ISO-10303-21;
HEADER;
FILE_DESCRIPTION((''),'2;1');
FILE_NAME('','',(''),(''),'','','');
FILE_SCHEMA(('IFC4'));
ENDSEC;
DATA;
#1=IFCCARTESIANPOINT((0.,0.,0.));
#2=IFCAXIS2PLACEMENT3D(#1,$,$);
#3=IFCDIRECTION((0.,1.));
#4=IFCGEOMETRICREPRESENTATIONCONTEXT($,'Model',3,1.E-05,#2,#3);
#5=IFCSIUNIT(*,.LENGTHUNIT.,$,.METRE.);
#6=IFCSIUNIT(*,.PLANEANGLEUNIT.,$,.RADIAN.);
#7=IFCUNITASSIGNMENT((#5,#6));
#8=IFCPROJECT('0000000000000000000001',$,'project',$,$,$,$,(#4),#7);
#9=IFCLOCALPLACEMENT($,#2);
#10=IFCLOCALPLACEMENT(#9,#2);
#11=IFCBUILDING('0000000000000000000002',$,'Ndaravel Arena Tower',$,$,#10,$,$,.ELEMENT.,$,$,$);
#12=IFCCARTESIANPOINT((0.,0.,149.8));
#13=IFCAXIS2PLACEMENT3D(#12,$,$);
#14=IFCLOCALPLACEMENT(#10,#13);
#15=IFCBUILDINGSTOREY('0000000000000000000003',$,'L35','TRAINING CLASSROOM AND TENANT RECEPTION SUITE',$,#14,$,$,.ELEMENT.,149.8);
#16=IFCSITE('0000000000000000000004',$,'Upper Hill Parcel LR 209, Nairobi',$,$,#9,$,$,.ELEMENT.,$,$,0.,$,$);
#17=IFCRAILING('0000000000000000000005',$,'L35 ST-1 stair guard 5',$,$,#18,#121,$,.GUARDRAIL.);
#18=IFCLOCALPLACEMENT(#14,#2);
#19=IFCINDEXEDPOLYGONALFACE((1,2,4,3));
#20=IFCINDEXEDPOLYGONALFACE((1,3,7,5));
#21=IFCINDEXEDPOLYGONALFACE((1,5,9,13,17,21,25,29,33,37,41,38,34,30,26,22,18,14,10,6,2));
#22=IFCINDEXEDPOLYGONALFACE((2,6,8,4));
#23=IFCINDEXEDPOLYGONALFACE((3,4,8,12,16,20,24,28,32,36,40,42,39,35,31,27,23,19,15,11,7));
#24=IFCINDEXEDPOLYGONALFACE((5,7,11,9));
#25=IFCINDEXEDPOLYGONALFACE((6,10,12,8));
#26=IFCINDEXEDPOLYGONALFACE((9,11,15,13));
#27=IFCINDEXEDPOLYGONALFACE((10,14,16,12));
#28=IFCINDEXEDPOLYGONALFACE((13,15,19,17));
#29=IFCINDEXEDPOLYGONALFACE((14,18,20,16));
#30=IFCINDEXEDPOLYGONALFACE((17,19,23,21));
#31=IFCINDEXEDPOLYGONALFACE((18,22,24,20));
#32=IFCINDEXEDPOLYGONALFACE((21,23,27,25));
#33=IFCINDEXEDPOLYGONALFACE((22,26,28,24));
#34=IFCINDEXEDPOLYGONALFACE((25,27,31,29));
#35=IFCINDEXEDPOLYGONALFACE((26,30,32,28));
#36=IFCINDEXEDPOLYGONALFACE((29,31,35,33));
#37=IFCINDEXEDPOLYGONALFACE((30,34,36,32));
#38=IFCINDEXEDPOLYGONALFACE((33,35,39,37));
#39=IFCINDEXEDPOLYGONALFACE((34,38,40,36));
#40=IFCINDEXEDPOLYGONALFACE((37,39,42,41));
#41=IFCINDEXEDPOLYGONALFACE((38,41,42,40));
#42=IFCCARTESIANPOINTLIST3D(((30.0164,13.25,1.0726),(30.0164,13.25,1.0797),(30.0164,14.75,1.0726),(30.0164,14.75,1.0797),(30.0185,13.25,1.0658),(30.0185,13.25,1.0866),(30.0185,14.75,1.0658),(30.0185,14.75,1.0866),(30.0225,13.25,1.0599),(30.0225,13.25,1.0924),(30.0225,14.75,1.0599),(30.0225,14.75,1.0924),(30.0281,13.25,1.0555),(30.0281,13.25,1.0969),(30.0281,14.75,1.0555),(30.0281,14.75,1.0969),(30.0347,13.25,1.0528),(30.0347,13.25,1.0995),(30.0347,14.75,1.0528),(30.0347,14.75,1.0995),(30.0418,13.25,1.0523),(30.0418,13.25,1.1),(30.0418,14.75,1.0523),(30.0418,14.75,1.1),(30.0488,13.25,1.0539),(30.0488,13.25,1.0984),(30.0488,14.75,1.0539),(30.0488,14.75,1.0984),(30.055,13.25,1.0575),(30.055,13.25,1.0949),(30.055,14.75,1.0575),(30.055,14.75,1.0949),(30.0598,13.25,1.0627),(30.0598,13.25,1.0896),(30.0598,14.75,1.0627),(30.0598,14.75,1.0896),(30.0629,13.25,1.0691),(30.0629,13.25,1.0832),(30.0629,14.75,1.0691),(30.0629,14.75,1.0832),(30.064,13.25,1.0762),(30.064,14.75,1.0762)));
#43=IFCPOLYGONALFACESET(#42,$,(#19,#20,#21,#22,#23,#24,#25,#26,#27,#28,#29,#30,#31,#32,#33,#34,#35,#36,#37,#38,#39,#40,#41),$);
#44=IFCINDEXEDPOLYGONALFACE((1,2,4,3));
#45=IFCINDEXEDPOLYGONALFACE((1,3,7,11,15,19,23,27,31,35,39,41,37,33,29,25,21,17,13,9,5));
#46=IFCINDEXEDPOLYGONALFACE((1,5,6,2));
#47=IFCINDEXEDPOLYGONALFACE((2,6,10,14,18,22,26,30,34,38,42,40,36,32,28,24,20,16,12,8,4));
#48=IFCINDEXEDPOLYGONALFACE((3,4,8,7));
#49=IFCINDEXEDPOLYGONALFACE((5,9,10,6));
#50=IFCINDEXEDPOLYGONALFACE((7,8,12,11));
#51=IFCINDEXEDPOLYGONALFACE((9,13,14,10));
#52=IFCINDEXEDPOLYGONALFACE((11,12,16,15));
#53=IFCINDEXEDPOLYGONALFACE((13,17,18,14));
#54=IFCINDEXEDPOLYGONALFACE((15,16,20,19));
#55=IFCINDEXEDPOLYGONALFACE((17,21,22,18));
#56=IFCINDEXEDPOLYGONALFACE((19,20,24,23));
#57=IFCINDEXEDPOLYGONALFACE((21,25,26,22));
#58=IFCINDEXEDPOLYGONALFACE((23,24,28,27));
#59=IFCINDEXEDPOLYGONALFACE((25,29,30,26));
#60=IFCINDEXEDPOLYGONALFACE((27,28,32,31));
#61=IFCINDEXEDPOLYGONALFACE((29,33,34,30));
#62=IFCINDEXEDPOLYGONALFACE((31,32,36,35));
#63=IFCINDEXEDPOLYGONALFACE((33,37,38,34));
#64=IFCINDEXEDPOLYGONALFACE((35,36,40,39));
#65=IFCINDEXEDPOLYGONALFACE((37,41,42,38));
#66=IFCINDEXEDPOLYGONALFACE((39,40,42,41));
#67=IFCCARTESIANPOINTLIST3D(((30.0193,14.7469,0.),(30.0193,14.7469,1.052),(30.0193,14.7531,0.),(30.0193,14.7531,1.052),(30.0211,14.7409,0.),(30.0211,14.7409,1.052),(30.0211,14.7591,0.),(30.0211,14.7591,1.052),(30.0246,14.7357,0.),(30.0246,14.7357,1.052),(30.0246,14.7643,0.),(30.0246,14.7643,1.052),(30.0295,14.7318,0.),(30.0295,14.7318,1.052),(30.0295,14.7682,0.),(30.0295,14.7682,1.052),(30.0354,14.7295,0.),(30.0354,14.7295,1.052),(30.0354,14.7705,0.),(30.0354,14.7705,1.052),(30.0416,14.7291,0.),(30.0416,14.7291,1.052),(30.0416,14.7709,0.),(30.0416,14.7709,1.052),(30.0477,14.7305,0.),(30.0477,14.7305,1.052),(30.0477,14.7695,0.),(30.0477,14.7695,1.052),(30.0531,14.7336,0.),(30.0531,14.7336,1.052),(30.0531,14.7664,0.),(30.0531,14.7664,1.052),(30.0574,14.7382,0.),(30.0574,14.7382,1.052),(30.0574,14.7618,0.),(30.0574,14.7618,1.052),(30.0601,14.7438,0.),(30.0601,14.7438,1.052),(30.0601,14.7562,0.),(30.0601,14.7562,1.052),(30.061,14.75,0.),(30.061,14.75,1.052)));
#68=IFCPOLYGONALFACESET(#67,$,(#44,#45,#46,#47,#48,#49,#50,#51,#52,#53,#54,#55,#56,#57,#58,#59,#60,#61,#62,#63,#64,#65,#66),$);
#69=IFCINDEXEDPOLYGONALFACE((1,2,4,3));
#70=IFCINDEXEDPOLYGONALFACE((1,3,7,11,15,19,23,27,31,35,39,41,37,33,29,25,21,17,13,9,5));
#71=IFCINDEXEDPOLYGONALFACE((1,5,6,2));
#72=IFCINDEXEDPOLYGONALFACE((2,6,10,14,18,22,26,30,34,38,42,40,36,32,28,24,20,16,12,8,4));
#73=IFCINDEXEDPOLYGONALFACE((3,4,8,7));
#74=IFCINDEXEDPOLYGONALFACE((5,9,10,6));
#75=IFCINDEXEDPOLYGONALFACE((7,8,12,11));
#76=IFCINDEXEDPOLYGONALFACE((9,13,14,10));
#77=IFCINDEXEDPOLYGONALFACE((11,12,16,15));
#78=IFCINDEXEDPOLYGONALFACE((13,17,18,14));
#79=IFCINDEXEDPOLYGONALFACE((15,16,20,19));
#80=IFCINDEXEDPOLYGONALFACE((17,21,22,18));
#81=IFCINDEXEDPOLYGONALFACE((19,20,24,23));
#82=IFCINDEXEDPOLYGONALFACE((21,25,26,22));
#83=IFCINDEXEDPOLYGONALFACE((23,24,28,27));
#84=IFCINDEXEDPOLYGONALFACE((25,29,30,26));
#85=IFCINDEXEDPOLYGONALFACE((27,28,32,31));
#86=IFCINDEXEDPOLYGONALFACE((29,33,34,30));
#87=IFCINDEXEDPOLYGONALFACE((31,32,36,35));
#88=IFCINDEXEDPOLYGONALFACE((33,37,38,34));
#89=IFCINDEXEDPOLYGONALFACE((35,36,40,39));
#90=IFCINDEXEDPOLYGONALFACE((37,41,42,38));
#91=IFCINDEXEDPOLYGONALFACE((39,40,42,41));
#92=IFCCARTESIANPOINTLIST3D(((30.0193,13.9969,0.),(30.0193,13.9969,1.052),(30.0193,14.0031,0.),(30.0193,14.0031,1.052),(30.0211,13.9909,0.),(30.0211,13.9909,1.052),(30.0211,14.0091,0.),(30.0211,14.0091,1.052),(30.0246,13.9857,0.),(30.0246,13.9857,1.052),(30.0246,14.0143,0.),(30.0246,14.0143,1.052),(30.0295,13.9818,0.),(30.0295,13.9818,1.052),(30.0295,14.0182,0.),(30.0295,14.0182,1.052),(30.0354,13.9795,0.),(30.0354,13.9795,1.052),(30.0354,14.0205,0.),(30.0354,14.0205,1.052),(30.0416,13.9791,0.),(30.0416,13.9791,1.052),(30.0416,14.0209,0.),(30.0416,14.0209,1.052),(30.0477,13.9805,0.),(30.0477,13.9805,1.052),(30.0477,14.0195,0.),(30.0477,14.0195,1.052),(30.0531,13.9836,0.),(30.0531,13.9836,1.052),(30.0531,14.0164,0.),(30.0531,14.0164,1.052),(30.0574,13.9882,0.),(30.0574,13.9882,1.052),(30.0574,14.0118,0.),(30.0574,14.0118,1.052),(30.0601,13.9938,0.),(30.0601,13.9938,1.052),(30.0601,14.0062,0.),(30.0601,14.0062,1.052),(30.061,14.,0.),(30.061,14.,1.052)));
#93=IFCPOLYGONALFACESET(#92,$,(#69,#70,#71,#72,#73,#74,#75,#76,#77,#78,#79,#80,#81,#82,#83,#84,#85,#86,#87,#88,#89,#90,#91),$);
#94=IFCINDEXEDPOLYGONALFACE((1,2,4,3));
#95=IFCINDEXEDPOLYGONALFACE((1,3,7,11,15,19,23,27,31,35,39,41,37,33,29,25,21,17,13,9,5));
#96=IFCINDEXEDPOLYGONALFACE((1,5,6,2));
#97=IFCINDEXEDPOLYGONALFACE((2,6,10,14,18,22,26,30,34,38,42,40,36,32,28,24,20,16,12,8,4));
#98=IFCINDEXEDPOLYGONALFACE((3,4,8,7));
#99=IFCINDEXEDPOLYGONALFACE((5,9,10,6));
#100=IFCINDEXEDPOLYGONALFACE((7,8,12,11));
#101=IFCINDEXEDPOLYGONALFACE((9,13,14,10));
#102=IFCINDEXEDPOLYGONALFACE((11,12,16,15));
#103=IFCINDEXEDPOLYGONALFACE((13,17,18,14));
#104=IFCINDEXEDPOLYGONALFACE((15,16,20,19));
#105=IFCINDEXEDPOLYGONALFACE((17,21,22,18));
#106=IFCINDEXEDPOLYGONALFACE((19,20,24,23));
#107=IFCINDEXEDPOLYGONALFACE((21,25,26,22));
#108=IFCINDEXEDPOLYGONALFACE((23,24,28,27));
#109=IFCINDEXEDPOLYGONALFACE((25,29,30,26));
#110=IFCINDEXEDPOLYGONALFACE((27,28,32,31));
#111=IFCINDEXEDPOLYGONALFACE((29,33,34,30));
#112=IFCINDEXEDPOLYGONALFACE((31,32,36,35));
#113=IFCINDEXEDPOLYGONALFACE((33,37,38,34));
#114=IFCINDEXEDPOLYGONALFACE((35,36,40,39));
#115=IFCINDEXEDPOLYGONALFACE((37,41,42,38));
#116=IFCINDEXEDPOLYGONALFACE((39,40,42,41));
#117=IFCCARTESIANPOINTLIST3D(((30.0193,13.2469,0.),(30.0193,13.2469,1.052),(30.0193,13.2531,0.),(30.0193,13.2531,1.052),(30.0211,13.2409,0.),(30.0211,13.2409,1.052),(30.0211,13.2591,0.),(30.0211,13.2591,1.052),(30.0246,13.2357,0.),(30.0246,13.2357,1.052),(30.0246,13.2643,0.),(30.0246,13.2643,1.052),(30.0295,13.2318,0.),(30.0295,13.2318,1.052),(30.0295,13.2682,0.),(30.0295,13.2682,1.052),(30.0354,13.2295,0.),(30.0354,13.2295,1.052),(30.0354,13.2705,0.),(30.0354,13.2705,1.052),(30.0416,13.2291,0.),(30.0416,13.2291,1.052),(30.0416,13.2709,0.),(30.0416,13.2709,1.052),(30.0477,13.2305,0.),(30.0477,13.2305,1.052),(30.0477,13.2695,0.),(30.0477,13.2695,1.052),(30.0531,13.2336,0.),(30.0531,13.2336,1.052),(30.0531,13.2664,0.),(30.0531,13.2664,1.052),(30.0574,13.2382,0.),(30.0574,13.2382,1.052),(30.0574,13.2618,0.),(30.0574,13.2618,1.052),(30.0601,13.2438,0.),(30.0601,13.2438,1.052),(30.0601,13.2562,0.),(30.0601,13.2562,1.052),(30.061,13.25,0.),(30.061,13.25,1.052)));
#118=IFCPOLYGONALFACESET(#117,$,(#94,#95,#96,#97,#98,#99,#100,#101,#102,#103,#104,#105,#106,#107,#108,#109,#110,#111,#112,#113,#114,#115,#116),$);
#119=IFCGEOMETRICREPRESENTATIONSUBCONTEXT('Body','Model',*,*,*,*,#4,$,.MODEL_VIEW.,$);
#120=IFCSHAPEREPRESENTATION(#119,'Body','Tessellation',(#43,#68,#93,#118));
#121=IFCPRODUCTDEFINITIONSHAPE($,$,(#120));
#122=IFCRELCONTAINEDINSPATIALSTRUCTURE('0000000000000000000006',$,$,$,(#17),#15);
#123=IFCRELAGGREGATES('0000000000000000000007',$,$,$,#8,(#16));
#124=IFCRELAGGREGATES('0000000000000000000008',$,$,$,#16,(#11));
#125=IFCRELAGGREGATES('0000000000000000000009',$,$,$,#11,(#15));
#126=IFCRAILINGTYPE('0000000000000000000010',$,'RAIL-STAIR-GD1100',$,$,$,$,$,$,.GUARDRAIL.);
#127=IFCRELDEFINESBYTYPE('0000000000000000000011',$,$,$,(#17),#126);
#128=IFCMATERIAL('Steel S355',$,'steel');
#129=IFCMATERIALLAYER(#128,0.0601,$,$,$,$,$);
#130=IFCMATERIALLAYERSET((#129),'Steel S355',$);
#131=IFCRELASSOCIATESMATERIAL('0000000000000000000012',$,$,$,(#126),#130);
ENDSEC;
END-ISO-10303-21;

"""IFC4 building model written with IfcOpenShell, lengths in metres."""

from ifc_helpers import new_model, si_unit, direction, frame, origin, origin_2d, place, context, subcontext, project, spatial, circle, extrude, material, layer, layer_set, type_object, element, save


model = new_model("IFC4")

# Units and contexts
model_context = context("Model", 3, precision=1e-05, world=origin(), true_north=direction((0.0, 1.0)))
body_context = subcontext(model_context, "Body", "Model", "MODEL_VIEW")
ifc_project = project(units=[si_unit("LENGTHUNIT", "METRE"), si_unit("PLANEANGLEUNIT", "RADIAN")], contexts=[model_context])

# Site, building, storey
site_placement = place(None, origin())
site = spatial("IfcSite", under=ifc_project, at=site_placement, Name="Upper Hill Parcel LR 209, Nairobi", CompositionType="ELEMENT", RefElevation=0.0)
building_placement = place(site_placement, origin())
building = spatial("IfcBuilding", under=site, at=building_placement, Name="Ndaravel Arena Tower", CompositionType="ELEMENT")
storey_placement = place(building_placement, frame((0.0, 0.0, 149.8)))
storey = spatial("IfcBuildingStorey", under=building, at=storey_placement, Name="L35", Description="TRAINING CLASSROOM AND TENANT RECEPTION SUITE", CompositionType="ELEMENT", Elevation=149.8)

# Railing
ifc_material_1 = material(Name="Steel S355", Category="steel")
ifc_layer_1 = layer(ifc_material_1, 0.0601)
ifc_layer_set_1 = layer_set([ifc_layer_1], Name="Steel S355")
railing_type = type_object("IfcRailingType", Name="RAIL-STAIR-GD1100", PredefinedType="GUARDRAIL", material=ifc_layer_set_1)
railing_placement = place(storey_placement, frame((30.04, 14.75, 0.0)))
element("IfcRailing", 1, at=railing_placement, inside=storey, type_object=railing_type, Name="L35 ST-1 stair guard 5", PredefinedType="GUARDRAIL", context=body_context, shape_type="SweptSolid", body=[
    extrude(circle(Radius=0.0239, at=origin_2d()), frame((0.0, 0.0, 1.0762), z_axis=(0.0, -1.0, 0.0), x_axis=(1.0, 0.0, 0.0)), (0.0, 0.0, 1.0), 1.5),
    extrude(circle(Radius=0.021, at=origin_2d()), origin(), (0.0, 0.0, 1.0), 1.052),
    extrude(circle(Radius=0.021, at=origin_2d()), frame((0.0, -0.75, 0.0)), (0.0, 0.0, 1.0), 1.052),
    extrude(circle(Radius=0.021, at=origin_2d()), frame((0.0, -1.5, 0.0)), (0.0, 0.0, 1.0), 1.052),
])

save(model, "model.ifc")
